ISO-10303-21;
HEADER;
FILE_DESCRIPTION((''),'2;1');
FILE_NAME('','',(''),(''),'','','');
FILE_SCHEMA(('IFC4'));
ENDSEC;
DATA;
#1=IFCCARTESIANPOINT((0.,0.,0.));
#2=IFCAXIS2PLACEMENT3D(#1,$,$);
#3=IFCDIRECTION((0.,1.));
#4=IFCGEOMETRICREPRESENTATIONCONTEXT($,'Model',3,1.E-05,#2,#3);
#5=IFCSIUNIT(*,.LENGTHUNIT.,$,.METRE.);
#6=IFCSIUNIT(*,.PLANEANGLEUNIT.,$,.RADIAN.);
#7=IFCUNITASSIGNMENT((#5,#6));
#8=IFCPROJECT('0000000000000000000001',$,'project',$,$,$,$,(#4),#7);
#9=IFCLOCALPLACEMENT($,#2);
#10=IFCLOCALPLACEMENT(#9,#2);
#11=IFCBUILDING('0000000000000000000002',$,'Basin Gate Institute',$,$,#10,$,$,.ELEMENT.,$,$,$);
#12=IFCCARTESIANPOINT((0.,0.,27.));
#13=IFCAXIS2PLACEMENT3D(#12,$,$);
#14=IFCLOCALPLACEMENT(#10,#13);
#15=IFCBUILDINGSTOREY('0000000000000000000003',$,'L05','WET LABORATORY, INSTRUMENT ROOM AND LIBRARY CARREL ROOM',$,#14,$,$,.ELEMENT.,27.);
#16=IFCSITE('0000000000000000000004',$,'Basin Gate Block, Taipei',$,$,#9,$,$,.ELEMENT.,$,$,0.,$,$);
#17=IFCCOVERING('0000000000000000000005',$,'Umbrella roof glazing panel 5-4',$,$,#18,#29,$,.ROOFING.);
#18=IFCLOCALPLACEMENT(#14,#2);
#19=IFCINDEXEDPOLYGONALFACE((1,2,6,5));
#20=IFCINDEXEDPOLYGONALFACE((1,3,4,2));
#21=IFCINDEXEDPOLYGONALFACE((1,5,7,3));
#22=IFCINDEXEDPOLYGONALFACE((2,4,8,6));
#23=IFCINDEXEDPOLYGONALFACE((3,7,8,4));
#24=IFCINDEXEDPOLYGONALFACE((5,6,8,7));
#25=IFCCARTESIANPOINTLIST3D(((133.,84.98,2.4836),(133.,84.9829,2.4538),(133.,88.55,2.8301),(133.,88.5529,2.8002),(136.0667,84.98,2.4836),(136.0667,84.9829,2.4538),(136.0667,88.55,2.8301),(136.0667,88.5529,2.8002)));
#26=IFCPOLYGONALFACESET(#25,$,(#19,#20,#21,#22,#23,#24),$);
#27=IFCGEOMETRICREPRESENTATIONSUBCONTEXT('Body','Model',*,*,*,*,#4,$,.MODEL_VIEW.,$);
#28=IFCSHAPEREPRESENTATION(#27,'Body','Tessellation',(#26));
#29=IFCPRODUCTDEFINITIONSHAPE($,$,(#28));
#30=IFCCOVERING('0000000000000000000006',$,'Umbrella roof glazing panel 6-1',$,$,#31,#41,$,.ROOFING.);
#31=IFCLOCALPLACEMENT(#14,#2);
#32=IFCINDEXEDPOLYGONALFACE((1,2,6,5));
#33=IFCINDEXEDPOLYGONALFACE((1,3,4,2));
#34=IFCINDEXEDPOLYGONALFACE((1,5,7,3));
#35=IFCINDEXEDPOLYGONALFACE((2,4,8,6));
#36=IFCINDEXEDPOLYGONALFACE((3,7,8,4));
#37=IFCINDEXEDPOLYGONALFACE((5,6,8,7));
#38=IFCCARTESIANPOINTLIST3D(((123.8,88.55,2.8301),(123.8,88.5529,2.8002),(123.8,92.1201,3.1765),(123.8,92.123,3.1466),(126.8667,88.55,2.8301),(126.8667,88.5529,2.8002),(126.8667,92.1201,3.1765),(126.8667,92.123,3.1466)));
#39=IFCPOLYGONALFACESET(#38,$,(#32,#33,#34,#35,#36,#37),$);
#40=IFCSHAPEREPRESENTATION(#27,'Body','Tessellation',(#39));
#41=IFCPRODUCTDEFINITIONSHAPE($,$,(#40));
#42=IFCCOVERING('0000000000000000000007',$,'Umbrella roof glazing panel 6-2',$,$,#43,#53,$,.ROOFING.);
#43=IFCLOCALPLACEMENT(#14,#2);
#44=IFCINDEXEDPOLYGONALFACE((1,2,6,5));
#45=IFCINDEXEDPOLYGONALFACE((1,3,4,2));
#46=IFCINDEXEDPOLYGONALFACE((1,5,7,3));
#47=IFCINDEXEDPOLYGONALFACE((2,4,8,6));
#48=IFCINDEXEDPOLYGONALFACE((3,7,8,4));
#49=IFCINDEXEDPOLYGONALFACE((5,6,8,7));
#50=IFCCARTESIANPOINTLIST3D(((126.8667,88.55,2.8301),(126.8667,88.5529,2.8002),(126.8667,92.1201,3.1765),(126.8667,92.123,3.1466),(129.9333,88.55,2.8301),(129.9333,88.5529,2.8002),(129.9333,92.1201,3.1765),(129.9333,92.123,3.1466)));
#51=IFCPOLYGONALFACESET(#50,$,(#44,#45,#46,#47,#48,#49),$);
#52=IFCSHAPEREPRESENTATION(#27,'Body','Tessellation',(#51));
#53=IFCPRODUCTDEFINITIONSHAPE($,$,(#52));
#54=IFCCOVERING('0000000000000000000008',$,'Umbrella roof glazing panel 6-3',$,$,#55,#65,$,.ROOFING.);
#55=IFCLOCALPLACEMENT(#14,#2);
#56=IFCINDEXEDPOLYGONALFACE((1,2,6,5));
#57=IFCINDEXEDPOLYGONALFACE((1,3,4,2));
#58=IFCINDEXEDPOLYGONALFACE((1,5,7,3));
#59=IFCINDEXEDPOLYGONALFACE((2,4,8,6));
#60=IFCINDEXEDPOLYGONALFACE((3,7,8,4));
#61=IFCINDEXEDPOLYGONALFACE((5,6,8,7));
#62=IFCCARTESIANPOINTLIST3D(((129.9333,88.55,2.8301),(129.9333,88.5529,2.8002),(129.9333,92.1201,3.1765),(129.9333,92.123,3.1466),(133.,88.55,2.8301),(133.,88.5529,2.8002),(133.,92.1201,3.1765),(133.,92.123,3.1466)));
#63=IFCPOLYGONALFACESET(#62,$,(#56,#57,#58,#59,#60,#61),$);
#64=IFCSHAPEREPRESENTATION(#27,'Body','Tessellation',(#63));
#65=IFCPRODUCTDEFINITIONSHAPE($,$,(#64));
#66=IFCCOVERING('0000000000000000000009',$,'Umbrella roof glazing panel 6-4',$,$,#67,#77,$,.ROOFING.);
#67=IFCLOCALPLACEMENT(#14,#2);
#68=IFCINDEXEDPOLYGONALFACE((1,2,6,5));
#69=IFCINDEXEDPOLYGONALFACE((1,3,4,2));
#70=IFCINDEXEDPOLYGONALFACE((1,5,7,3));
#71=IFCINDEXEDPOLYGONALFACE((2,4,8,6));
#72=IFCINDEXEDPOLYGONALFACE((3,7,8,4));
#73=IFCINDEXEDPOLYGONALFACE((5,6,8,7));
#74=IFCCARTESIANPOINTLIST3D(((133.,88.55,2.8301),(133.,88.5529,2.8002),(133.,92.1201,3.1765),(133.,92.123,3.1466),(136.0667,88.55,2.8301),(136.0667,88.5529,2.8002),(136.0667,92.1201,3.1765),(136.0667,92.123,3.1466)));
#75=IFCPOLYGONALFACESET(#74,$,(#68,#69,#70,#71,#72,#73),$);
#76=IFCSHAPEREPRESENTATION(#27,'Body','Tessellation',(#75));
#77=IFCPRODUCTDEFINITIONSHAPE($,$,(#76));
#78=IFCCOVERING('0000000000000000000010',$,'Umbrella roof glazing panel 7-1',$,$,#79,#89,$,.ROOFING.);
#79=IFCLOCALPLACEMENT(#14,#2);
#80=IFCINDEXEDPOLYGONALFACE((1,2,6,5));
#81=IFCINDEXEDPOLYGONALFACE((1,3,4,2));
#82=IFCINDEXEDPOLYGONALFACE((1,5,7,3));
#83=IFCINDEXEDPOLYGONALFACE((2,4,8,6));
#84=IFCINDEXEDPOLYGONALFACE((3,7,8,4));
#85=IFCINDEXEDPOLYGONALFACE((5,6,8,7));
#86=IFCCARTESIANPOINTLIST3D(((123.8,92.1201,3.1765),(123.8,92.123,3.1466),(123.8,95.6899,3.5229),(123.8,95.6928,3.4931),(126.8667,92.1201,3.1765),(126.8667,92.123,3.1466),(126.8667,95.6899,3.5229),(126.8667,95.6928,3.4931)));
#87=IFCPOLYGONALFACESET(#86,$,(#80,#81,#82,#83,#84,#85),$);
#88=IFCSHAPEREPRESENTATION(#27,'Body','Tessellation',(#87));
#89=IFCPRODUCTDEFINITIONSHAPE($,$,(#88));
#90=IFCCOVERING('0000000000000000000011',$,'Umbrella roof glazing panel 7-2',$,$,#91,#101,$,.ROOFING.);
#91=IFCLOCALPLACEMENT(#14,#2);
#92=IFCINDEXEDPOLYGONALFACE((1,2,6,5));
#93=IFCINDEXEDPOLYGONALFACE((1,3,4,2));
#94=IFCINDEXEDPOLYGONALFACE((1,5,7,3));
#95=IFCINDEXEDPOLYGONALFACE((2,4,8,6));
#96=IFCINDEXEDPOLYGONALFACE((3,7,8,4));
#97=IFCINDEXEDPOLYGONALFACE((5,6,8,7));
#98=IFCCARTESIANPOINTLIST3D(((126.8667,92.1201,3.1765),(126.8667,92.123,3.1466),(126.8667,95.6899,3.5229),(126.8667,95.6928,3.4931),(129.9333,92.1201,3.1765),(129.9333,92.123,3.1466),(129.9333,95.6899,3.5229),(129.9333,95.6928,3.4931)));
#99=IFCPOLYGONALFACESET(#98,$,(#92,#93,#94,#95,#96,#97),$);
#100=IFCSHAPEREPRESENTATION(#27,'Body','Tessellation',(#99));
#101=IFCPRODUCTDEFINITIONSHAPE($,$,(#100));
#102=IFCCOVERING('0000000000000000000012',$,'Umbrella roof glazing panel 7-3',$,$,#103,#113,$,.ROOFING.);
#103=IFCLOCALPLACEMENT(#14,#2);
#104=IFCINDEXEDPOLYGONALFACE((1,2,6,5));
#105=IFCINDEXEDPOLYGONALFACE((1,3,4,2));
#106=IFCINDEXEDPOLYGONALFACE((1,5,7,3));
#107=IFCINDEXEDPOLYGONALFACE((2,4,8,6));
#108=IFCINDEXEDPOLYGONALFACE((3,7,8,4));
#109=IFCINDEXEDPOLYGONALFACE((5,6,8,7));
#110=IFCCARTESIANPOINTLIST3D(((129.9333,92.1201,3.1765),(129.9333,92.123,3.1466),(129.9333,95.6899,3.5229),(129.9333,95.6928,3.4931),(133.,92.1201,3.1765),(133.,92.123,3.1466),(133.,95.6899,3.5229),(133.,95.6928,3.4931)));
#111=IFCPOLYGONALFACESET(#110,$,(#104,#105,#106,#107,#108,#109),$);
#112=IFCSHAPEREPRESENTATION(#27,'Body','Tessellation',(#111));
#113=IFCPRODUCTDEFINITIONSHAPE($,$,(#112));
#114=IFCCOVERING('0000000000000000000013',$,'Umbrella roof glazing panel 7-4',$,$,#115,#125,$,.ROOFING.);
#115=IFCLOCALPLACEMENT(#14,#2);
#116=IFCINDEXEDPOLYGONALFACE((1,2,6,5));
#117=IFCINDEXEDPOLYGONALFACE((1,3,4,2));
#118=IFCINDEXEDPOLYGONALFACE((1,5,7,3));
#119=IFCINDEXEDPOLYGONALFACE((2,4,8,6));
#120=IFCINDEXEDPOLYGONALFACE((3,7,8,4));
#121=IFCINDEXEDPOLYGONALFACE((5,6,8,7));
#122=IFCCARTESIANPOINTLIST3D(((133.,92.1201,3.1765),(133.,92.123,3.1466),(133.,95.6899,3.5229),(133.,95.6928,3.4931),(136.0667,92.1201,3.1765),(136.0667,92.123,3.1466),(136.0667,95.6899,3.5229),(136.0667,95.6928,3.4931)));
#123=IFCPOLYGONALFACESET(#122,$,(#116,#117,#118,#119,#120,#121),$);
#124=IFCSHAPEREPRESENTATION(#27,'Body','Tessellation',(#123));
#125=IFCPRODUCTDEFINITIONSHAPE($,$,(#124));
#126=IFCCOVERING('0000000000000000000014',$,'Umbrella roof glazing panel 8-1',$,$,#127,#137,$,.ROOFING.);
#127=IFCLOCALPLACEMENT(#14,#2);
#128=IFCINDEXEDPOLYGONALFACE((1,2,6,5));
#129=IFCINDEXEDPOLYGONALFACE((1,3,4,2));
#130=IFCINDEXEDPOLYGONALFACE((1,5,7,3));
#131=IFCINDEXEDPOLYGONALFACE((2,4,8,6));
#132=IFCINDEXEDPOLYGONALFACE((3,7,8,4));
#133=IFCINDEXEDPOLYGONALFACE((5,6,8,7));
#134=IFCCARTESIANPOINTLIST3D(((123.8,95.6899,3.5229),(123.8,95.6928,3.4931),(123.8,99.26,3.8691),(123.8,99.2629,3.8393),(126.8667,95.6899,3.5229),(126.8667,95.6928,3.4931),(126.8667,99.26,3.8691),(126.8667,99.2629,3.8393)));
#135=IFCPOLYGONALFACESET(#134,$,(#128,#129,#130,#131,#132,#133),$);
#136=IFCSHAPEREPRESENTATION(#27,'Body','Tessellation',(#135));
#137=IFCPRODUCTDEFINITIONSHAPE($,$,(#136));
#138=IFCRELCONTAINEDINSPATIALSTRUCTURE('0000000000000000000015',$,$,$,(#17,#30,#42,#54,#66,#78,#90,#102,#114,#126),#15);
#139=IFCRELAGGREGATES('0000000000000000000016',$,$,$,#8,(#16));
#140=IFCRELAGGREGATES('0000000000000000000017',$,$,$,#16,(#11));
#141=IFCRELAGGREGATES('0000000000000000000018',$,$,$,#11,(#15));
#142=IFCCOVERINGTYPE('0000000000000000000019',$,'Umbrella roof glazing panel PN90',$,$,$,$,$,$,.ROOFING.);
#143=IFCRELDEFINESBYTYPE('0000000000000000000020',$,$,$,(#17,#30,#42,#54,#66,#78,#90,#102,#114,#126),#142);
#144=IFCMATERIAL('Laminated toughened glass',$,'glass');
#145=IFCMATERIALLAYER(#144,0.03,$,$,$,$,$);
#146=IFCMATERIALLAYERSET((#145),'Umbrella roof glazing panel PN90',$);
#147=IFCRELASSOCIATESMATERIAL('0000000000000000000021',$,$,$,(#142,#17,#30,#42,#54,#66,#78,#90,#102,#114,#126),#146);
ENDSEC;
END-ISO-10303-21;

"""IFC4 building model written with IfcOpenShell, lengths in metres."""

from ifc_helpers import new_model, si_unit, direction, frame, origin, place, context, subcontext, project, spatial, polyline, outline, extrude, material, layer, layer_set, type_object, element, save


model = new_model("IFC4")

# Units and contexts
model_context = context("Model", 3, precision=1e-05, world=origin(), true_north=direction((0.0, 1.0)))
body_context = subcontext(model_context, "Body", "Model", "MODEL_VIEW")
ifc_project = project(units=[si_unit("LENGTHUNIT", "METRE"), si_unit("PLANEANGLEUNIT", "RADIAN")], contexts=[model_context])

# Site, building, storey
site_placement = place(None, origin())
site = spatial("IfcSite", under=ifc_project, at=site_placement, Name="Basin Gate Block, Taipei", CompositionType="ELEMENT", RefElevation=0.0)
building_placement = place(site_placement, origin())
building = spatial("IfcBuilding", under=site, at=building_placement, Name="Basin Gate Institute", CompositionType="ELEMENT")
storey_placement = place(building_placement, frame((0.0, 0.0, 27.0)))
storey = spatial("IfcBuildingStorey", under=building, at=storey_placement, Name="L05", Description="WET LABORATORY, INSTRUMENT ROOM AND LIBRARY CARREL ROOM", CompositionType="ELEMENT", Elevation=27.0)

# Coverings
ifc_material_1 = material(Name="Laminated toughened glass", Category="glass")
ifc_layer_1 = layer(ifc_material_1, 0.03)
ifc_layer_set_1 = layer_set([ifc_layer_1], Name="Umbrella roof glazing panel PN90")
covering_type = type_object("IfcCoveringType", Name="Umbrella roof glazing panel PN90", PredefinedType="ROOFING", material=ifc_layer_set_1)
for number, where, z_axis, x_axis, name in (
    (1, (133.0, 84.98, 2.4836), (0.0, -0.096585, 0.995325), (1.0, 0.0, 0.0), "Umbrella roof glazing panel 5-4"),
    (2, (123.8, 88.55, 2.8301), (0.0, -0.096585, 0.995325), (1.0, 0.0, 0.0), "Umbrella roof glazing panel 6-1"),
    (3, (126.8667, 88.55, 2.8301), (0.0, -0.096585, 0.995325), (1.0, 0.0, 0.0), "Umbrella roof glazing panel 6-2"),
    (4, (129.9333, 88.55, 2.8301), (0.0, -0.096585, 0.995325), (1.0, 0.0, 0.0), "Umbrella roof glazing panel 6-3"),
    (5, (133.0, 88.55, 2.8301), (0.0, -0.096585, 0.995325), (1.0, 0.0, 0.0), "Umbrella roof glazing panel 6-4"),
):
    element("IfcCovering", number, at=place(storey_placement, frame(where, z_axis=z_axis, x_axis=x_axis)), inside=storey, type_object=covering_type, material=ifc_layer_set_1, Name=name, PredefinedType="ROOFING", context=body_context, shape_type="SweptSolid", body=[
        extrude(outline(polyline([(0.0, 0.0), (3.0667, 0.0), (3.0667, 3.5868), (0.0, 3.5868), (0.0, 0.0)])), origin(), (0.0, 0.0, -1.0), 0.03),
    ])
for number, where, z_axis, x_axis, name in (
    (6, (123.8, 92.1201, 3.1765), (0.0, -0.096592, 0.995324), (1.0, 0.0, 0.0), "Umbrella roof glazing panel 7-1"),
    (7, (126.8667, 92.1201, 3.1765), (0.0, -0.096592, 0.995324), (1.0, 0.0, 0.0), "Umbrella roof glazing panel 7-2"),
    (8, (129.9333, 92.1201, 3.1765), (0.0, -0.096592, 0.995324), (1.0, 0.0, 0.0), "Umbrella roof glazing panel 7-3"),
    (9, (133.0, 92.1201, 3.1765), (0.0, -0.096592, 0.995324), (1.0, 0.0, 0.0), "Umbrella roof glazing panel 7-4"),
):
    element("IfcCovering", number, at=place(storey_placement, frame(where, z_axis=z_axis, x_axis=x_axis)), inside=storey, type_object=covering_type, material=ifc_layer_set_1, Name=name, PredefinedType="ROOFING", context=body_context, shape_type="SweptSolid", body=[
        extrude(outline(polyline([(0.0, 0.0), (3.0667, 0.0), (3.0667, 3.5866), (0.0, 3.5866), (0.0, 0.0)])), origin(), (0.0, 0.0, -1.0), 0.03),
    ])
covering_placement = place(storey_placement, frame((123.8, 95.6899, 3.5229), z_axis=(0.0, -0.096518, 0.995331), x_axis=(1.0, 0.0, 0.0)))
element("IfcCovering", 10, at=covering_placement, inside=storey, type_object=covering_type, material=ifc_layer_set_1, Name="Umbrella roof glazing panel 8-1", PredefinedType="ROOFING", context=body_context, shape_type="SweptSolid", body=[
    extrude(outline(polyline([(0.0, 0.0), (3.0667, 0.0), (3.0667, 3.5868), (0.0, 3.5868), (0.0, 0.0)])), origin(), (0.0, 0.0, -1.0), 0.03),
])

save(model, "model.ifc")
